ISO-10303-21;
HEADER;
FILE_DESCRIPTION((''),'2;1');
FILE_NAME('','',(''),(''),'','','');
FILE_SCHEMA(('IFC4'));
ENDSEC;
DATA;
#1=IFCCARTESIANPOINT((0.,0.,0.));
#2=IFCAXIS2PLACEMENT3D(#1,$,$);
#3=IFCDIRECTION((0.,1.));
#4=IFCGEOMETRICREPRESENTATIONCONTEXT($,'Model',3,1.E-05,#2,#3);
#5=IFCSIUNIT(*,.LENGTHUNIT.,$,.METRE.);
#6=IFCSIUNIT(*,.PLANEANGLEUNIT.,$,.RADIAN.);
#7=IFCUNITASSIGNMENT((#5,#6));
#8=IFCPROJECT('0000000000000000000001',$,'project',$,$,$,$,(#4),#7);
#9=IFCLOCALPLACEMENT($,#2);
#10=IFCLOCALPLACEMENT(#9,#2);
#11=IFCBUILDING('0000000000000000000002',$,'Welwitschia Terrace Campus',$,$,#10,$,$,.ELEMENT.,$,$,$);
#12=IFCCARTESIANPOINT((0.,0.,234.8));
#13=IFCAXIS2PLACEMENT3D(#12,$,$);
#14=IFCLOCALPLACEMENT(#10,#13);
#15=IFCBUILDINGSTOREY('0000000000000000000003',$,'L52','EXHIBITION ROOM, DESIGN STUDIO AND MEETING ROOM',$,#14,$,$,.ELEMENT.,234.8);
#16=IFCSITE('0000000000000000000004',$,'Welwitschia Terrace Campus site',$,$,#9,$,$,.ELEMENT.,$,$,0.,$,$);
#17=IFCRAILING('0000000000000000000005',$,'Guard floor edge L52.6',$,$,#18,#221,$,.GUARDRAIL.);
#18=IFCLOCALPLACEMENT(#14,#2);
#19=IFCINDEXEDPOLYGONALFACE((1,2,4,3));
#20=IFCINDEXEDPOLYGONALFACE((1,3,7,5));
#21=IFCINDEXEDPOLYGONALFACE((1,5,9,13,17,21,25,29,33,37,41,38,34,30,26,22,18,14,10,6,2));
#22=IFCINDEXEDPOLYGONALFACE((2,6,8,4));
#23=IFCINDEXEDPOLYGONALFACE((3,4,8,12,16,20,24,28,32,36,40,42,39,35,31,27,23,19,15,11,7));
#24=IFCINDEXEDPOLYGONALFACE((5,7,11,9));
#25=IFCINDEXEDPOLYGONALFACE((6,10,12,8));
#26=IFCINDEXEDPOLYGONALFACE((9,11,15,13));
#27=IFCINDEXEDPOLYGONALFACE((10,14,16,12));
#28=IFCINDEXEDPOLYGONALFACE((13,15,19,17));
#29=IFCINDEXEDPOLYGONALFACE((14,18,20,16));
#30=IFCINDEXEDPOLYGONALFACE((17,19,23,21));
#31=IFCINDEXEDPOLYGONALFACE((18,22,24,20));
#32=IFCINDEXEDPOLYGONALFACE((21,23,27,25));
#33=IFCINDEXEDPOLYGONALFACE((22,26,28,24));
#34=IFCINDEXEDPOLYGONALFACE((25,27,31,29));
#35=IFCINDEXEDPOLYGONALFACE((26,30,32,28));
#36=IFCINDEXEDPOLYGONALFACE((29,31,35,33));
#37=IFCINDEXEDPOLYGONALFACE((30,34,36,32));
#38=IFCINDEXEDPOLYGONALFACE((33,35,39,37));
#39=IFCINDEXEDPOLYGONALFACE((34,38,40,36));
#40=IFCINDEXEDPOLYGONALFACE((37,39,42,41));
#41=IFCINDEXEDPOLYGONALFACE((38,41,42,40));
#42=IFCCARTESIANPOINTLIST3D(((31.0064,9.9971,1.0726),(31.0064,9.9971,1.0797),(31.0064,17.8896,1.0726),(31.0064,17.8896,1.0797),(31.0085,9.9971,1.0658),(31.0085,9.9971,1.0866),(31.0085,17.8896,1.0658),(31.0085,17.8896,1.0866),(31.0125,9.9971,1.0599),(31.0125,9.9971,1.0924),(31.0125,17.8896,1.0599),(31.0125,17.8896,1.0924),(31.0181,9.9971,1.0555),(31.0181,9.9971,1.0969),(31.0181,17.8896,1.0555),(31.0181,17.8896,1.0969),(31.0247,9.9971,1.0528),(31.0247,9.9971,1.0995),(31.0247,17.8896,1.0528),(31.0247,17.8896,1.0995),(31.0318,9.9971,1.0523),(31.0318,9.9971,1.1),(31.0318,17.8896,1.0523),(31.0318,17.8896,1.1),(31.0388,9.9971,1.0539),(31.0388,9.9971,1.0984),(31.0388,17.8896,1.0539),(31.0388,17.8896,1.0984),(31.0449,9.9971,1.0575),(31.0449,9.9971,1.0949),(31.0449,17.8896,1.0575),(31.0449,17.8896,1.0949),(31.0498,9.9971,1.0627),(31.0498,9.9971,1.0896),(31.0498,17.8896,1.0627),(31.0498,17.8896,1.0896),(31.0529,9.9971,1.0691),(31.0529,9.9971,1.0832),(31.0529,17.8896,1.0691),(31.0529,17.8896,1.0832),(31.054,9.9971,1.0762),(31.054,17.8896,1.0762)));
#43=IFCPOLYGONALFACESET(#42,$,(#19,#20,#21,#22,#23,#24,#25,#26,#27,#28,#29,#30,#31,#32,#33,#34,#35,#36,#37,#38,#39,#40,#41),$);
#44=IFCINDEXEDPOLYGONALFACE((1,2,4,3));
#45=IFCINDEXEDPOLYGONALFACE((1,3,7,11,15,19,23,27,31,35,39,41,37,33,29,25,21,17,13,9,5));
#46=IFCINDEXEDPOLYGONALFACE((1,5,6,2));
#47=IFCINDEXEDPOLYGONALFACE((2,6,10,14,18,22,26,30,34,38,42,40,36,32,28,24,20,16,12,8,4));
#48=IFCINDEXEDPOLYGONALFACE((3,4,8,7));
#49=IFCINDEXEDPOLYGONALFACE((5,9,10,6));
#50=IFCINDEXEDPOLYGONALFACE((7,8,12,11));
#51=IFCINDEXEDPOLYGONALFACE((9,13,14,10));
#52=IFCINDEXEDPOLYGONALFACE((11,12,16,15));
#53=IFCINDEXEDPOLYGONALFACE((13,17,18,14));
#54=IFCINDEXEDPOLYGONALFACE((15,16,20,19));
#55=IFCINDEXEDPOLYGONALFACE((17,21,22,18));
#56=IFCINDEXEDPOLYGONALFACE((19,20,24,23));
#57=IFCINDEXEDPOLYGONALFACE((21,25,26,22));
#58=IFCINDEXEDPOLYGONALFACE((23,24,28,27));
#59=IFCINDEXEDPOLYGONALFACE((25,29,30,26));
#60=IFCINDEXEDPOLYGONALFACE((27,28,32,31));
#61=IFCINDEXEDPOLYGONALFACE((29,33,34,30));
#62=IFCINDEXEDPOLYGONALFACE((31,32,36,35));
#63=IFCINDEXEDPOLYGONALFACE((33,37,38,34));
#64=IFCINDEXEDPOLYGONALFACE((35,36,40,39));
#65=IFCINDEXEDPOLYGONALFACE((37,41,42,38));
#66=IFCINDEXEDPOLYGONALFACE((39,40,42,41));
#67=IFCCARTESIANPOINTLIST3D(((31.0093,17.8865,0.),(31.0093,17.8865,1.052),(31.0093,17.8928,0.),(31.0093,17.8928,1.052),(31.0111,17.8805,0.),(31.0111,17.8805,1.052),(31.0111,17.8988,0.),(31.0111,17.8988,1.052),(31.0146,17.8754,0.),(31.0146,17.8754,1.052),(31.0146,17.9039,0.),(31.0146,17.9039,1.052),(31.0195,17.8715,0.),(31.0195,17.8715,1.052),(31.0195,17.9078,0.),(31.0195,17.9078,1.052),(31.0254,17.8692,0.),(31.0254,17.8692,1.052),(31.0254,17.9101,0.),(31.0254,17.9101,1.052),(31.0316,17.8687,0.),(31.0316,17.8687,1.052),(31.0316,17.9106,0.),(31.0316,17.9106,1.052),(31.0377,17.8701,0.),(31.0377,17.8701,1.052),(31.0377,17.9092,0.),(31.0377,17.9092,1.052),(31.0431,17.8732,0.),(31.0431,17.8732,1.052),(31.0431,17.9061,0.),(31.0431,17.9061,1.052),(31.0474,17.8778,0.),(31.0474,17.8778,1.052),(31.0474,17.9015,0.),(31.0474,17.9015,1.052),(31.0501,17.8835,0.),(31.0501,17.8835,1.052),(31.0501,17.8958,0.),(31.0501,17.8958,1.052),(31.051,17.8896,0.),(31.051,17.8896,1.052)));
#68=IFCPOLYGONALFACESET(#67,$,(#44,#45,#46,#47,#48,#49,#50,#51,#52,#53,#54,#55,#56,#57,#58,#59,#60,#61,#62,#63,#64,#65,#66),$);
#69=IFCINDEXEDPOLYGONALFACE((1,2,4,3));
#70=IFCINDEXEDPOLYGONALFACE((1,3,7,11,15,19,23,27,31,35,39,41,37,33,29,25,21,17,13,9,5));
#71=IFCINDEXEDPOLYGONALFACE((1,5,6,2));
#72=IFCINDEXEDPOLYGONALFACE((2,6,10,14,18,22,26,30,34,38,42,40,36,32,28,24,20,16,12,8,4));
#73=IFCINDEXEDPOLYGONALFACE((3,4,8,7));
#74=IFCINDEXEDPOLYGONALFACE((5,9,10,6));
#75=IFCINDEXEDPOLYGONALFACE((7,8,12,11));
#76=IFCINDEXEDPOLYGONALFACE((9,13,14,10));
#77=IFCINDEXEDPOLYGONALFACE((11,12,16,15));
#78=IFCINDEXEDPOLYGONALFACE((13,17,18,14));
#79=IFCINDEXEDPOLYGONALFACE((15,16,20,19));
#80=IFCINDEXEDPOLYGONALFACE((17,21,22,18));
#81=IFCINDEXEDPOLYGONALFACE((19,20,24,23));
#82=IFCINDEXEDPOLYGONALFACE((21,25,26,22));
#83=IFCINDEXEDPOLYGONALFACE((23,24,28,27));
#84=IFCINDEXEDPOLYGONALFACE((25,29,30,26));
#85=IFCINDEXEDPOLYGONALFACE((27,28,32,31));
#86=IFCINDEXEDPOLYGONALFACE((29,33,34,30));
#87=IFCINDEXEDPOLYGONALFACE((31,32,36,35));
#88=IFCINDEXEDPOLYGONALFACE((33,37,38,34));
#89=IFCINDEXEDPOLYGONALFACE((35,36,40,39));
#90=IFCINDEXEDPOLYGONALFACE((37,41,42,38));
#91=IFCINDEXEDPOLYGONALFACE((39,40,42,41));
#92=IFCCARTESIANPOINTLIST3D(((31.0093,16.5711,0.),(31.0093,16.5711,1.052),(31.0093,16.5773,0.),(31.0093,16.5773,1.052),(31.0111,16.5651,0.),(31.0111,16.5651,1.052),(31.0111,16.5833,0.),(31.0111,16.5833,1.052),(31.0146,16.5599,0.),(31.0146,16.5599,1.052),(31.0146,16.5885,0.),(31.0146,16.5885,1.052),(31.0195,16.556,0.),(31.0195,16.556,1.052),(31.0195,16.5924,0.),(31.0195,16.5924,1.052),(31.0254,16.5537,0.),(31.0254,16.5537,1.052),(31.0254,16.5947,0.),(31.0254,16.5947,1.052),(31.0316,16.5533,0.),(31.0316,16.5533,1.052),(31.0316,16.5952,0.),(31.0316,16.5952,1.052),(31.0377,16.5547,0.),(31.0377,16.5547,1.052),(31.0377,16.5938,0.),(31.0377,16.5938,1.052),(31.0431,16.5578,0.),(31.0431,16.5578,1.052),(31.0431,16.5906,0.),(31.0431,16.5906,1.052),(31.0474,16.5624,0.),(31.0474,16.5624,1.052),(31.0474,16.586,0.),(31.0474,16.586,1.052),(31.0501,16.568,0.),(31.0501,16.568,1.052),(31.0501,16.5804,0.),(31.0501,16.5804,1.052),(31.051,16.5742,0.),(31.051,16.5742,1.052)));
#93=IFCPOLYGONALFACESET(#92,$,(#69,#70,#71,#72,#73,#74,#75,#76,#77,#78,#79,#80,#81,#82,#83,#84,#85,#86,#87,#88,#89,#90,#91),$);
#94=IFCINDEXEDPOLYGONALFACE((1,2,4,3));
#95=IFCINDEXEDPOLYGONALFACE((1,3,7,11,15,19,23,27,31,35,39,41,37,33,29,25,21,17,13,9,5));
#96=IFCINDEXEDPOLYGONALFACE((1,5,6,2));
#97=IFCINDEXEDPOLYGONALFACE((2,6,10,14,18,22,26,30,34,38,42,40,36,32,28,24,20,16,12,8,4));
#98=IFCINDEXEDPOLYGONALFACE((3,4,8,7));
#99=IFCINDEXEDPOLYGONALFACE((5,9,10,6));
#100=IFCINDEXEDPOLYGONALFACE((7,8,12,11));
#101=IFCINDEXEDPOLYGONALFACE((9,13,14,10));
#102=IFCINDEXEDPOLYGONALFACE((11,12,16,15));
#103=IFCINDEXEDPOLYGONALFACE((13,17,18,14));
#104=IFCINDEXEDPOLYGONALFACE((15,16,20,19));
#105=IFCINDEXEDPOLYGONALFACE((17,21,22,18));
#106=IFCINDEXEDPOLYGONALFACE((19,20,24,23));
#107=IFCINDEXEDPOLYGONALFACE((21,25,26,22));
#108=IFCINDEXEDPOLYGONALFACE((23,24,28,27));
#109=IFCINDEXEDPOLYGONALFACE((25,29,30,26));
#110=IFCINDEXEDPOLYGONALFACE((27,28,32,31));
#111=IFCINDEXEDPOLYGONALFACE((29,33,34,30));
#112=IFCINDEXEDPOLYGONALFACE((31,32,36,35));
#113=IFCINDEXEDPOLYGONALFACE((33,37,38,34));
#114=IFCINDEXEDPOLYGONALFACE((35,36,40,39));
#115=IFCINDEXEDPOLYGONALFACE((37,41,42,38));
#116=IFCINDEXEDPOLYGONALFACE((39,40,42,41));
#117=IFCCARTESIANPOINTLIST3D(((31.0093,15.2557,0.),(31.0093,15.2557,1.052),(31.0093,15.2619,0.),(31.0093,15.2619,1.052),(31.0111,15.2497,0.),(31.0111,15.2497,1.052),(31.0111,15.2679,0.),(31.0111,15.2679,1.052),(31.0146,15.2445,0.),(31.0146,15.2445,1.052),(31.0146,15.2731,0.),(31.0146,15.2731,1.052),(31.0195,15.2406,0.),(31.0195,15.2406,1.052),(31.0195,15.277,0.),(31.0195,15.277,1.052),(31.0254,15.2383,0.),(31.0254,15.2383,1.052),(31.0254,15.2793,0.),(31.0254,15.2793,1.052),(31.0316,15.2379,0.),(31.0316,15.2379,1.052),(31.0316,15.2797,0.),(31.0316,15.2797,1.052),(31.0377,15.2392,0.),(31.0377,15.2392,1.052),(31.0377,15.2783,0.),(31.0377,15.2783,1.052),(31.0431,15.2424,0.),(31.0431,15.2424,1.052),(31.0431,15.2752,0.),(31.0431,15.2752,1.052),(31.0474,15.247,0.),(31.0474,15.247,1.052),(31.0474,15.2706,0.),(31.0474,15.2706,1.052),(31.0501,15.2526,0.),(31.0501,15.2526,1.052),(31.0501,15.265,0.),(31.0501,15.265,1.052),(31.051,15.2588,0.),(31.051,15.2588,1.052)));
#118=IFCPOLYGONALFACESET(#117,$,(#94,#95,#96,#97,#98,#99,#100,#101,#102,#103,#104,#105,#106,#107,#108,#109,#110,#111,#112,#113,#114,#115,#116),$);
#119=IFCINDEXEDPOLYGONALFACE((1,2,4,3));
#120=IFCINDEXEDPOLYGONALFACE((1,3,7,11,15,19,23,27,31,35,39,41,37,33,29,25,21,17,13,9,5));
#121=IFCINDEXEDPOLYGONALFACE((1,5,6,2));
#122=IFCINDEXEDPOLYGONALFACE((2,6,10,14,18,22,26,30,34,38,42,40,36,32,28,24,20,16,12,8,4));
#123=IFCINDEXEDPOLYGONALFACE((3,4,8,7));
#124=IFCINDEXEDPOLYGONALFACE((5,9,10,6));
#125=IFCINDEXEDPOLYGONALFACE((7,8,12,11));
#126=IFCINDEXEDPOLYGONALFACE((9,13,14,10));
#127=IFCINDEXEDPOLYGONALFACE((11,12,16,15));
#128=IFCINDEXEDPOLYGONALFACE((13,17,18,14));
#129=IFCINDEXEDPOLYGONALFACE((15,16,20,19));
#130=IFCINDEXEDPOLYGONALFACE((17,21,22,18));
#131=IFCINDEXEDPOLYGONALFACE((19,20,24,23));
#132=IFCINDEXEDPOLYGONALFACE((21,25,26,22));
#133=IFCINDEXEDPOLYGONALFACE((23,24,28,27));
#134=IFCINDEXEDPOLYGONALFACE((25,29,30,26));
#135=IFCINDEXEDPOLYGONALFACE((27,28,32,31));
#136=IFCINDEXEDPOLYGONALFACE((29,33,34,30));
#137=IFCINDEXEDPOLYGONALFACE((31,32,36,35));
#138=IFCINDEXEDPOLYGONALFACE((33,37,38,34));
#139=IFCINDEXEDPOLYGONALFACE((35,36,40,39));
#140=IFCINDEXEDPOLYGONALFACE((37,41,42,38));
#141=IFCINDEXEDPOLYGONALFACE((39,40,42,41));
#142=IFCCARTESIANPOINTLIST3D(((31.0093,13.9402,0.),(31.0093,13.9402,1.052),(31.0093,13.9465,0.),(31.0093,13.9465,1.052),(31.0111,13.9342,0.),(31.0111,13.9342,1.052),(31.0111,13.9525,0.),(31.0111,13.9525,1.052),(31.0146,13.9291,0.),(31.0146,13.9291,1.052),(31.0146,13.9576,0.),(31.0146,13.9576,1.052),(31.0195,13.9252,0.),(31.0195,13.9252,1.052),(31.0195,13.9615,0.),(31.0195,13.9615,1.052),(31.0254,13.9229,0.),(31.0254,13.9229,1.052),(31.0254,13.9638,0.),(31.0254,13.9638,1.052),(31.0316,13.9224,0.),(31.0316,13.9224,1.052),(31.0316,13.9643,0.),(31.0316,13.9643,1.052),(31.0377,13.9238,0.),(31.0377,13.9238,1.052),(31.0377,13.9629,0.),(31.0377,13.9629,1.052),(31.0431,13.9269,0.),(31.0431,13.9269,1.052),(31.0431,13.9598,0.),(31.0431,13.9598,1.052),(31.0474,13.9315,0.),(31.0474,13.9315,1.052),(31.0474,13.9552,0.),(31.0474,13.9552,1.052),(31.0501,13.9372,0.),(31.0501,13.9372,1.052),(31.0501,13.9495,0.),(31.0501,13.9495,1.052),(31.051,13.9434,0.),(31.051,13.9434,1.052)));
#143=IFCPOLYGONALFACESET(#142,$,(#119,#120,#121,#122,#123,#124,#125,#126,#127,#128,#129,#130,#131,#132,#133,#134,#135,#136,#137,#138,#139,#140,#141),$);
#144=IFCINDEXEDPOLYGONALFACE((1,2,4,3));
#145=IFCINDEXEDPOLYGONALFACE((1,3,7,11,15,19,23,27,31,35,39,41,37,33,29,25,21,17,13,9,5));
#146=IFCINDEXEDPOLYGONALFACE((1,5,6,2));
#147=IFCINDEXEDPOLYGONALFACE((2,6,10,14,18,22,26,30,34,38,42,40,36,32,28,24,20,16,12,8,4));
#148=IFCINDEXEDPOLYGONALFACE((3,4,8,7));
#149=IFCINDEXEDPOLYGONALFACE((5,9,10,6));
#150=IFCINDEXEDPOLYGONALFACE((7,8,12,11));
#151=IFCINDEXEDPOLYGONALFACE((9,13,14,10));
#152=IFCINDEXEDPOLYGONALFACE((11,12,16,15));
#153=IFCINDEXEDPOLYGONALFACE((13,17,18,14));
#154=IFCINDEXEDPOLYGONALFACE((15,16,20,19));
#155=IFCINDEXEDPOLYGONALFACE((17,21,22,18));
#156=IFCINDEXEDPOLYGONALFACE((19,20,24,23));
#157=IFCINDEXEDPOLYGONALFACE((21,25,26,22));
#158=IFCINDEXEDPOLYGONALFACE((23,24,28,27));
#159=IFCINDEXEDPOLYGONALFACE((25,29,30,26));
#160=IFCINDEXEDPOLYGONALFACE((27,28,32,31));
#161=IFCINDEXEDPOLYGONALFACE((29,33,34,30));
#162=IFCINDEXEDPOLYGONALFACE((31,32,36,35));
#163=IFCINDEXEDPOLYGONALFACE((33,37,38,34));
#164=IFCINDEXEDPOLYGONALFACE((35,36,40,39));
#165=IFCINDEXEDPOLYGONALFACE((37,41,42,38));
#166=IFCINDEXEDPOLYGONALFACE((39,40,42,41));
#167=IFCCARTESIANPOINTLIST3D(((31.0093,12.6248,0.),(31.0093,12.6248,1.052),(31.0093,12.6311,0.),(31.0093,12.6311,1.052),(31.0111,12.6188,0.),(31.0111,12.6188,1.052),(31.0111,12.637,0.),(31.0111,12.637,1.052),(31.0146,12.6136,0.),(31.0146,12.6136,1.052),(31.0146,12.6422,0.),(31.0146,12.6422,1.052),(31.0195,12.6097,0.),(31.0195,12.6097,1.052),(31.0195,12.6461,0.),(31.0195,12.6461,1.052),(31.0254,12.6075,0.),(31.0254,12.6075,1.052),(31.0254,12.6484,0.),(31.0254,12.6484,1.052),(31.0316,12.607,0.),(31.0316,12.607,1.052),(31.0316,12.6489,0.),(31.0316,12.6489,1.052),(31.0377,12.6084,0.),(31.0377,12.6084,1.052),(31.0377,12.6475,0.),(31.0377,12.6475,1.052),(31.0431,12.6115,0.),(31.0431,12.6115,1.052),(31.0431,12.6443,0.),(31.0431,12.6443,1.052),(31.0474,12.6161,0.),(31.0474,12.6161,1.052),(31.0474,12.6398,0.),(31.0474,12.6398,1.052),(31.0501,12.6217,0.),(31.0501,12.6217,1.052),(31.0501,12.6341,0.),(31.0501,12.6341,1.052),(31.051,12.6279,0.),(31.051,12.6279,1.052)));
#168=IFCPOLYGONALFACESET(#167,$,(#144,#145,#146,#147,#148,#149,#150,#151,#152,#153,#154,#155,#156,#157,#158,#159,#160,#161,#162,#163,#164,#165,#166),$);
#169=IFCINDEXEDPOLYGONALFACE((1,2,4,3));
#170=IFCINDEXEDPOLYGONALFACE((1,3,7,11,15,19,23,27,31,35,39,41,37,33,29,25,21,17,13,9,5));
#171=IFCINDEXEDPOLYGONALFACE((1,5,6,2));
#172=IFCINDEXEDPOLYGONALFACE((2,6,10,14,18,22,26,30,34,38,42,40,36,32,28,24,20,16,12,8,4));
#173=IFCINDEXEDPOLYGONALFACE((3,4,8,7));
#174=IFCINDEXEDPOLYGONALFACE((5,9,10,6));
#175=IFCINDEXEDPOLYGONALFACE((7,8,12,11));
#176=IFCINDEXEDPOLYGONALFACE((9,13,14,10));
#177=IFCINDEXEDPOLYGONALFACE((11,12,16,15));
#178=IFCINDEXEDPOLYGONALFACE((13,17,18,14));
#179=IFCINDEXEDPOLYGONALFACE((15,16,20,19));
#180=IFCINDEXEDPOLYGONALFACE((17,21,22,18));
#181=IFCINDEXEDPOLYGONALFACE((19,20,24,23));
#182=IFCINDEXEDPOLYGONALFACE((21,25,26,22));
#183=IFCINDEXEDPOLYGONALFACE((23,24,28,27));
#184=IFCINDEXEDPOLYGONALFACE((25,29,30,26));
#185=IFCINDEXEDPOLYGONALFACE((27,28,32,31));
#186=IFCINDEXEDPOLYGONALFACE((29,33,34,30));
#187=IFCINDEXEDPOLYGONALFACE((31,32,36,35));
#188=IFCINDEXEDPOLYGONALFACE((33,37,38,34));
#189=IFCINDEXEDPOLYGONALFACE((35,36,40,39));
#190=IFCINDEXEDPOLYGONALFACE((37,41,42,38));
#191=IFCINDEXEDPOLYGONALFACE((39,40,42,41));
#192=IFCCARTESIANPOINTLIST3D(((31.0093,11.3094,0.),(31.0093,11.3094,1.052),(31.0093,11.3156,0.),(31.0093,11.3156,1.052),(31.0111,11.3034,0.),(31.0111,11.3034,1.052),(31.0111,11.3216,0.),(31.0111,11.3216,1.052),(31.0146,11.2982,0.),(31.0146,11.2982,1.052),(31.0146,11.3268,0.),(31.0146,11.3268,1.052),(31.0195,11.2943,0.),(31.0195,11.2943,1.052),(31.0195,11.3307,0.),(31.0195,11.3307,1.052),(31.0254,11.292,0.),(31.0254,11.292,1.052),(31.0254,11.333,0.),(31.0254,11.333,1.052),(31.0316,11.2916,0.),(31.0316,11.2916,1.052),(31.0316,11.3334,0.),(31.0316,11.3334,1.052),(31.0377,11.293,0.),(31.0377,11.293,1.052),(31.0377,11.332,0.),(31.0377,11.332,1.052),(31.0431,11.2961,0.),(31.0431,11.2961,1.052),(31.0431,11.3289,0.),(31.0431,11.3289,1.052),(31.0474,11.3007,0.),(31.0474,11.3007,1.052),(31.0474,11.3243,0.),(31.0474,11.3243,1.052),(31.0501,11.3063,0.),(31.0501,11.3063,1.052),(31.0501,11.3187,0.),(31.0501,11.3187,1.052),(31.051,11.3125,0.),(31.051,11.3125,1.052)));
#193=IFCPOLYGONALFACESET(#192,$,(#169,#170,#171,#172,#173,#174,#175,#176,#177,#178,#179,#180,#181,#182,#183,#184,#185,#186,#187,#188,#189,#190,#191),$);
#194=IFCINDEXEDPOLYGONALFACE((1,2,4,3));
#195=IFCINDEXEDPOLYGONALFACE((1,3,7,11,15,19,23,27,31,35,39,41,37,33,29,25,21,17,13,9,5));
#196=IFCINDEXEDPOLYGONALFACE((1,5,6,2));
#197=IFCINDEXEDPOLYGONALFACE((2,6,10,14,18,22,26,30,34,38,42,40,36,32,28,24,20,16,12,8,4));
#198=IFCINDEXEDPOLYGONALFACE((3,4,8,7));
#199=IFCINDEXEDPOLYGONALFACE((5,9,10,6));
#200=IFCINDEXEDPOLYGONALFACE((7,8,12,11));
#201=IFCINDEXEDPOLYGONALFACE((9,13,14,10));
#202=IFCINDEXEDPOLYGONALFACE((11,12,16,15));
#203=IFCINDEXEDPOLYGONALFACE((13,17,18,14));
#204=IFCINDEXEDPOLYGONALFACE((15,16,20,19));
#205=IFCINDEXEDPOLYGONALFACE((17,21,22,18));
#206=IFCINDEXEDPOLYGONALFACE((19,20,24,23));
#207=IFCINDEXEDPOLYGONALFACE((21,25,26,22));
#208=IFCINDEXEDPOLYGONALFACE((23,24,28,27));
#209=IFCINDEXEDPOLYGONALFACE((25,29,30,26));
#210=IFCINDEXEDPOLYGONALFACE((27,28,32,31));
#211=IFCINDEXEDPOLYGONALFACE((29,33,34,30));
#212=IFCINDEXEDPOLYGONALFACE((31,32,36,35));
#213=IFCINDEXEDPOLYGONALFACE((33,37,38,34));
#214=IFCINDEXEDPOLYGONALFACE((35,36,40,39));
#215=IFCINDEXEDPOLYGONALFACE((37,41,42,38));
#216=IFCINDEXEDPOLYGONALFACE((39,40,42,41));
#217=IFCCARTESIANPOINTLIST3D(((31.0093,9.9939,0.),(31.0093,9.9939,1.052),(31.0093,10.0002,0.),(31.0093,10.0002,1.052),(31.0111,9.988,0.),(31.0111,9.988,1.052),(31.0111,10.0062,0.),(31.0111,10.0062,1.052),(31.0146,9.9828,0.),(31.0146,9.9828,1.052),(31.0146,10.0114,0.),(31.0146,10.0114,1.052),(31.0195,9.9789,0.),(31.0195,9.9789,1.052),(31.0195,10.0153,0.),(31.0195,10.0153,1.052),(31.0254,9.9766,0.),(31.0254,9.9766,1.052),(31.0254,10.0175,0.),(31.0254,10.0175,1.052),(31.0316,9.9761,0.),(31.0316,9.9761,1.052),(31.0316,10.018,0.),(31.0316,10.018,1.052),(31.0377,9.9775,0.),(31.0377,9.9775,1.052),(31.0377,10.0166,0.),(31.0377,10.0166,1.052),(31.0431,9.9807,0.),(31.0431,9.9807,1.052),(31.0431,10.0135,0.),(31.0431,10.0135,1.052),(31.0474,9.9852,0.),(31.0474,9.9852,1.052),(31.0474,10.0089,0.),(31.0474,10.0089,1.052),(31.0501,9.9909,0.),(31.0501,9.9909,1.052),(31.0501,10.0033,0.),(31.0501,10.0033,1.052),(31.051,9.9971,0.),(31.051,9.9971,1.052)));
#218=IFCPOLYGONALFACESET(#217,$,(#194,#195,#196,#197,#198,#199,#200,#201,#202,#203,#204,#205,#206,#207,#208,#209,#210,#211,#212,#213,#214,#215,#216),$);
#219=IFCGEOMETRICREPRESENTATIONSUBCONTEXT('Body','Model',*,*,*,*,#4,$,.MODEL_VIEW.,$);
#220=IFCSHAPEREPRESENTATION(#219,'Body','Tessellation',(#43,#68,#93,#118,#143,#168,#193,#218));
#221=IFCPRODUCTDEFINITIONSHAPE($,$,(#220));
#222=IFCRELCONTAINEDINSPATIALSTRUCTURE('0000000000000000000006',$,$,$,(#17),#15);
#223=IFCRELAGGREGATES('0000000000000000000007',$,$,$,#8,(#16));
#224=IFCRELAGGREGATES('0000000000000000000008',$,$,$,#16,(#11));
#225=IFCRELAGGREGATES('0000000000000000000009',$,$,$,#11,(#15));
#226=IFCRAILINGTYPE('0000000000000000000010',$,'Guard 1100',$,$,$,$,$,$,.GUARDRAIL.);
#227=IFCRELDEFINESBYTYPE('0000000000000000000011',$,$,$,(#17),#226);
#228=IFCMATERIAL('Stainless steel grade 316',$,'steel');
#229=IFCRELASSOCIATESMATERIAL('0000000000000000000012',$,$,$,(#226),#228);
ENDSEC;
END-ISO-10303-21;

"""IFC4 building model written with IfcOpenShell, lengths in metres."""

from ifc_helpers import new_model, si_unit, direction, frame, origin, origin_2d, place, context, subcontext, project, spatial, circle, extrude, material, type_object, element, save


model = new_model("IFC4")

# Units and contexts
model_context = context("Model", 3, precision=1e-05, world=origin(), true_north=direction((0.0, 1.0)))
body_context = subcontext(model_context, "Body", "Model", "MODEL_VIEW")
ifc_project = project(units=[si_unit("LENGTHUNIT", "METRE"), si_unit("PLANEANGLEUNIT", "RADIAN")], contexts=[model_context])

# Site, building, storey
site_placement = place(None, origin())
site = spatial("IfcSite", under=ifc_project, at=site_placement, Name="Welwitschia Terrace Campus site", CompositionType="ELEMENT", RefElevation=0.0)
building_placement = place(site_placement, origin())
building = spatial("IfcBuilding", under=site, at=building_placement, Name="Welwitschia Terrace Campus", CompositionType="ELEMENT")
storey_placement = place(building_placement, frame((0.0, 0.0, 234.8)))
storey = spatial("IfcBuildingStorey", under=building, at=storey_placement, Name="L52", Description="EXHIBITION ROOM, DESIGN STUDIO AND MEETING ROOM", CompositionType="ELEMENT", Elevation=234.8)

# Railing
ifc_material_1 = material(Name="Stainless steel grade 316", Category="steel")
railing_type = type_object("IfcRailingType", Name="Guard 1100", PredefinedType="GUARDRAIL", material=ifc_material_1)
railing_1_placement = place(storey_placement, frame((31.03, 17.8896, 0.0)))
element("IfcRailing", 1, at=railing_1_placement, inside=storey, type_object=railing_type, Name="Guard floor edge L52.6", PredefinedType="GUARDRAIL", context=body_context, shape_type="SweptSolid", body=[
    extrude(circle(Radius=0.0239, at=origin_2d()), frame((0.0, 0.0, 1.0762), z_axis=(0.0, -1.0, 0.0), x_axis=(1.0, 0.0, 0.0)), (0.0, 0.0, 1.0), 7.8926),
    extrude(circle(Radius=0.021, at=origin_2d()), origin(), (0.0, 0.0, 1.0), 1.052),
    extrude(circle(Radius=0.021, at=origin_2d()), frame((0.0, -1.3154, 0.0)), (0.0, 0.0, 1.0), 1.052),
    extrude(circle(Radius=0.021, at=origin_2d()), frame((0.0, -2.6309, 0.0)), (0.0, 0.0, 1.0), 1.052),
    extrude(circle(Radius=0.021, at=origin_2d()), frame((0.0, -3.9463, 0.0)), (0.0, 0.0, 1.0), 1.052),
    extrude(circle(Radius=0.021, at=origin_2d()), frame((0.0, -5.2617, 0.0)), (0.0, 0.0, 1.0), 1.052),
    extrude(circle(Radius=0.021, at=origin_2d()), frame((0.0, -6.5771, 0.0)), (0.0, 0.0, 1.0), 1.052),
    extrude(circle(Radius=0.021, at=origin_2d()), frame((0.0, -7.8926, 0.0)), (0.0, 0.0, 1.0), 1.052),
])

save(model, "model.ifc")
